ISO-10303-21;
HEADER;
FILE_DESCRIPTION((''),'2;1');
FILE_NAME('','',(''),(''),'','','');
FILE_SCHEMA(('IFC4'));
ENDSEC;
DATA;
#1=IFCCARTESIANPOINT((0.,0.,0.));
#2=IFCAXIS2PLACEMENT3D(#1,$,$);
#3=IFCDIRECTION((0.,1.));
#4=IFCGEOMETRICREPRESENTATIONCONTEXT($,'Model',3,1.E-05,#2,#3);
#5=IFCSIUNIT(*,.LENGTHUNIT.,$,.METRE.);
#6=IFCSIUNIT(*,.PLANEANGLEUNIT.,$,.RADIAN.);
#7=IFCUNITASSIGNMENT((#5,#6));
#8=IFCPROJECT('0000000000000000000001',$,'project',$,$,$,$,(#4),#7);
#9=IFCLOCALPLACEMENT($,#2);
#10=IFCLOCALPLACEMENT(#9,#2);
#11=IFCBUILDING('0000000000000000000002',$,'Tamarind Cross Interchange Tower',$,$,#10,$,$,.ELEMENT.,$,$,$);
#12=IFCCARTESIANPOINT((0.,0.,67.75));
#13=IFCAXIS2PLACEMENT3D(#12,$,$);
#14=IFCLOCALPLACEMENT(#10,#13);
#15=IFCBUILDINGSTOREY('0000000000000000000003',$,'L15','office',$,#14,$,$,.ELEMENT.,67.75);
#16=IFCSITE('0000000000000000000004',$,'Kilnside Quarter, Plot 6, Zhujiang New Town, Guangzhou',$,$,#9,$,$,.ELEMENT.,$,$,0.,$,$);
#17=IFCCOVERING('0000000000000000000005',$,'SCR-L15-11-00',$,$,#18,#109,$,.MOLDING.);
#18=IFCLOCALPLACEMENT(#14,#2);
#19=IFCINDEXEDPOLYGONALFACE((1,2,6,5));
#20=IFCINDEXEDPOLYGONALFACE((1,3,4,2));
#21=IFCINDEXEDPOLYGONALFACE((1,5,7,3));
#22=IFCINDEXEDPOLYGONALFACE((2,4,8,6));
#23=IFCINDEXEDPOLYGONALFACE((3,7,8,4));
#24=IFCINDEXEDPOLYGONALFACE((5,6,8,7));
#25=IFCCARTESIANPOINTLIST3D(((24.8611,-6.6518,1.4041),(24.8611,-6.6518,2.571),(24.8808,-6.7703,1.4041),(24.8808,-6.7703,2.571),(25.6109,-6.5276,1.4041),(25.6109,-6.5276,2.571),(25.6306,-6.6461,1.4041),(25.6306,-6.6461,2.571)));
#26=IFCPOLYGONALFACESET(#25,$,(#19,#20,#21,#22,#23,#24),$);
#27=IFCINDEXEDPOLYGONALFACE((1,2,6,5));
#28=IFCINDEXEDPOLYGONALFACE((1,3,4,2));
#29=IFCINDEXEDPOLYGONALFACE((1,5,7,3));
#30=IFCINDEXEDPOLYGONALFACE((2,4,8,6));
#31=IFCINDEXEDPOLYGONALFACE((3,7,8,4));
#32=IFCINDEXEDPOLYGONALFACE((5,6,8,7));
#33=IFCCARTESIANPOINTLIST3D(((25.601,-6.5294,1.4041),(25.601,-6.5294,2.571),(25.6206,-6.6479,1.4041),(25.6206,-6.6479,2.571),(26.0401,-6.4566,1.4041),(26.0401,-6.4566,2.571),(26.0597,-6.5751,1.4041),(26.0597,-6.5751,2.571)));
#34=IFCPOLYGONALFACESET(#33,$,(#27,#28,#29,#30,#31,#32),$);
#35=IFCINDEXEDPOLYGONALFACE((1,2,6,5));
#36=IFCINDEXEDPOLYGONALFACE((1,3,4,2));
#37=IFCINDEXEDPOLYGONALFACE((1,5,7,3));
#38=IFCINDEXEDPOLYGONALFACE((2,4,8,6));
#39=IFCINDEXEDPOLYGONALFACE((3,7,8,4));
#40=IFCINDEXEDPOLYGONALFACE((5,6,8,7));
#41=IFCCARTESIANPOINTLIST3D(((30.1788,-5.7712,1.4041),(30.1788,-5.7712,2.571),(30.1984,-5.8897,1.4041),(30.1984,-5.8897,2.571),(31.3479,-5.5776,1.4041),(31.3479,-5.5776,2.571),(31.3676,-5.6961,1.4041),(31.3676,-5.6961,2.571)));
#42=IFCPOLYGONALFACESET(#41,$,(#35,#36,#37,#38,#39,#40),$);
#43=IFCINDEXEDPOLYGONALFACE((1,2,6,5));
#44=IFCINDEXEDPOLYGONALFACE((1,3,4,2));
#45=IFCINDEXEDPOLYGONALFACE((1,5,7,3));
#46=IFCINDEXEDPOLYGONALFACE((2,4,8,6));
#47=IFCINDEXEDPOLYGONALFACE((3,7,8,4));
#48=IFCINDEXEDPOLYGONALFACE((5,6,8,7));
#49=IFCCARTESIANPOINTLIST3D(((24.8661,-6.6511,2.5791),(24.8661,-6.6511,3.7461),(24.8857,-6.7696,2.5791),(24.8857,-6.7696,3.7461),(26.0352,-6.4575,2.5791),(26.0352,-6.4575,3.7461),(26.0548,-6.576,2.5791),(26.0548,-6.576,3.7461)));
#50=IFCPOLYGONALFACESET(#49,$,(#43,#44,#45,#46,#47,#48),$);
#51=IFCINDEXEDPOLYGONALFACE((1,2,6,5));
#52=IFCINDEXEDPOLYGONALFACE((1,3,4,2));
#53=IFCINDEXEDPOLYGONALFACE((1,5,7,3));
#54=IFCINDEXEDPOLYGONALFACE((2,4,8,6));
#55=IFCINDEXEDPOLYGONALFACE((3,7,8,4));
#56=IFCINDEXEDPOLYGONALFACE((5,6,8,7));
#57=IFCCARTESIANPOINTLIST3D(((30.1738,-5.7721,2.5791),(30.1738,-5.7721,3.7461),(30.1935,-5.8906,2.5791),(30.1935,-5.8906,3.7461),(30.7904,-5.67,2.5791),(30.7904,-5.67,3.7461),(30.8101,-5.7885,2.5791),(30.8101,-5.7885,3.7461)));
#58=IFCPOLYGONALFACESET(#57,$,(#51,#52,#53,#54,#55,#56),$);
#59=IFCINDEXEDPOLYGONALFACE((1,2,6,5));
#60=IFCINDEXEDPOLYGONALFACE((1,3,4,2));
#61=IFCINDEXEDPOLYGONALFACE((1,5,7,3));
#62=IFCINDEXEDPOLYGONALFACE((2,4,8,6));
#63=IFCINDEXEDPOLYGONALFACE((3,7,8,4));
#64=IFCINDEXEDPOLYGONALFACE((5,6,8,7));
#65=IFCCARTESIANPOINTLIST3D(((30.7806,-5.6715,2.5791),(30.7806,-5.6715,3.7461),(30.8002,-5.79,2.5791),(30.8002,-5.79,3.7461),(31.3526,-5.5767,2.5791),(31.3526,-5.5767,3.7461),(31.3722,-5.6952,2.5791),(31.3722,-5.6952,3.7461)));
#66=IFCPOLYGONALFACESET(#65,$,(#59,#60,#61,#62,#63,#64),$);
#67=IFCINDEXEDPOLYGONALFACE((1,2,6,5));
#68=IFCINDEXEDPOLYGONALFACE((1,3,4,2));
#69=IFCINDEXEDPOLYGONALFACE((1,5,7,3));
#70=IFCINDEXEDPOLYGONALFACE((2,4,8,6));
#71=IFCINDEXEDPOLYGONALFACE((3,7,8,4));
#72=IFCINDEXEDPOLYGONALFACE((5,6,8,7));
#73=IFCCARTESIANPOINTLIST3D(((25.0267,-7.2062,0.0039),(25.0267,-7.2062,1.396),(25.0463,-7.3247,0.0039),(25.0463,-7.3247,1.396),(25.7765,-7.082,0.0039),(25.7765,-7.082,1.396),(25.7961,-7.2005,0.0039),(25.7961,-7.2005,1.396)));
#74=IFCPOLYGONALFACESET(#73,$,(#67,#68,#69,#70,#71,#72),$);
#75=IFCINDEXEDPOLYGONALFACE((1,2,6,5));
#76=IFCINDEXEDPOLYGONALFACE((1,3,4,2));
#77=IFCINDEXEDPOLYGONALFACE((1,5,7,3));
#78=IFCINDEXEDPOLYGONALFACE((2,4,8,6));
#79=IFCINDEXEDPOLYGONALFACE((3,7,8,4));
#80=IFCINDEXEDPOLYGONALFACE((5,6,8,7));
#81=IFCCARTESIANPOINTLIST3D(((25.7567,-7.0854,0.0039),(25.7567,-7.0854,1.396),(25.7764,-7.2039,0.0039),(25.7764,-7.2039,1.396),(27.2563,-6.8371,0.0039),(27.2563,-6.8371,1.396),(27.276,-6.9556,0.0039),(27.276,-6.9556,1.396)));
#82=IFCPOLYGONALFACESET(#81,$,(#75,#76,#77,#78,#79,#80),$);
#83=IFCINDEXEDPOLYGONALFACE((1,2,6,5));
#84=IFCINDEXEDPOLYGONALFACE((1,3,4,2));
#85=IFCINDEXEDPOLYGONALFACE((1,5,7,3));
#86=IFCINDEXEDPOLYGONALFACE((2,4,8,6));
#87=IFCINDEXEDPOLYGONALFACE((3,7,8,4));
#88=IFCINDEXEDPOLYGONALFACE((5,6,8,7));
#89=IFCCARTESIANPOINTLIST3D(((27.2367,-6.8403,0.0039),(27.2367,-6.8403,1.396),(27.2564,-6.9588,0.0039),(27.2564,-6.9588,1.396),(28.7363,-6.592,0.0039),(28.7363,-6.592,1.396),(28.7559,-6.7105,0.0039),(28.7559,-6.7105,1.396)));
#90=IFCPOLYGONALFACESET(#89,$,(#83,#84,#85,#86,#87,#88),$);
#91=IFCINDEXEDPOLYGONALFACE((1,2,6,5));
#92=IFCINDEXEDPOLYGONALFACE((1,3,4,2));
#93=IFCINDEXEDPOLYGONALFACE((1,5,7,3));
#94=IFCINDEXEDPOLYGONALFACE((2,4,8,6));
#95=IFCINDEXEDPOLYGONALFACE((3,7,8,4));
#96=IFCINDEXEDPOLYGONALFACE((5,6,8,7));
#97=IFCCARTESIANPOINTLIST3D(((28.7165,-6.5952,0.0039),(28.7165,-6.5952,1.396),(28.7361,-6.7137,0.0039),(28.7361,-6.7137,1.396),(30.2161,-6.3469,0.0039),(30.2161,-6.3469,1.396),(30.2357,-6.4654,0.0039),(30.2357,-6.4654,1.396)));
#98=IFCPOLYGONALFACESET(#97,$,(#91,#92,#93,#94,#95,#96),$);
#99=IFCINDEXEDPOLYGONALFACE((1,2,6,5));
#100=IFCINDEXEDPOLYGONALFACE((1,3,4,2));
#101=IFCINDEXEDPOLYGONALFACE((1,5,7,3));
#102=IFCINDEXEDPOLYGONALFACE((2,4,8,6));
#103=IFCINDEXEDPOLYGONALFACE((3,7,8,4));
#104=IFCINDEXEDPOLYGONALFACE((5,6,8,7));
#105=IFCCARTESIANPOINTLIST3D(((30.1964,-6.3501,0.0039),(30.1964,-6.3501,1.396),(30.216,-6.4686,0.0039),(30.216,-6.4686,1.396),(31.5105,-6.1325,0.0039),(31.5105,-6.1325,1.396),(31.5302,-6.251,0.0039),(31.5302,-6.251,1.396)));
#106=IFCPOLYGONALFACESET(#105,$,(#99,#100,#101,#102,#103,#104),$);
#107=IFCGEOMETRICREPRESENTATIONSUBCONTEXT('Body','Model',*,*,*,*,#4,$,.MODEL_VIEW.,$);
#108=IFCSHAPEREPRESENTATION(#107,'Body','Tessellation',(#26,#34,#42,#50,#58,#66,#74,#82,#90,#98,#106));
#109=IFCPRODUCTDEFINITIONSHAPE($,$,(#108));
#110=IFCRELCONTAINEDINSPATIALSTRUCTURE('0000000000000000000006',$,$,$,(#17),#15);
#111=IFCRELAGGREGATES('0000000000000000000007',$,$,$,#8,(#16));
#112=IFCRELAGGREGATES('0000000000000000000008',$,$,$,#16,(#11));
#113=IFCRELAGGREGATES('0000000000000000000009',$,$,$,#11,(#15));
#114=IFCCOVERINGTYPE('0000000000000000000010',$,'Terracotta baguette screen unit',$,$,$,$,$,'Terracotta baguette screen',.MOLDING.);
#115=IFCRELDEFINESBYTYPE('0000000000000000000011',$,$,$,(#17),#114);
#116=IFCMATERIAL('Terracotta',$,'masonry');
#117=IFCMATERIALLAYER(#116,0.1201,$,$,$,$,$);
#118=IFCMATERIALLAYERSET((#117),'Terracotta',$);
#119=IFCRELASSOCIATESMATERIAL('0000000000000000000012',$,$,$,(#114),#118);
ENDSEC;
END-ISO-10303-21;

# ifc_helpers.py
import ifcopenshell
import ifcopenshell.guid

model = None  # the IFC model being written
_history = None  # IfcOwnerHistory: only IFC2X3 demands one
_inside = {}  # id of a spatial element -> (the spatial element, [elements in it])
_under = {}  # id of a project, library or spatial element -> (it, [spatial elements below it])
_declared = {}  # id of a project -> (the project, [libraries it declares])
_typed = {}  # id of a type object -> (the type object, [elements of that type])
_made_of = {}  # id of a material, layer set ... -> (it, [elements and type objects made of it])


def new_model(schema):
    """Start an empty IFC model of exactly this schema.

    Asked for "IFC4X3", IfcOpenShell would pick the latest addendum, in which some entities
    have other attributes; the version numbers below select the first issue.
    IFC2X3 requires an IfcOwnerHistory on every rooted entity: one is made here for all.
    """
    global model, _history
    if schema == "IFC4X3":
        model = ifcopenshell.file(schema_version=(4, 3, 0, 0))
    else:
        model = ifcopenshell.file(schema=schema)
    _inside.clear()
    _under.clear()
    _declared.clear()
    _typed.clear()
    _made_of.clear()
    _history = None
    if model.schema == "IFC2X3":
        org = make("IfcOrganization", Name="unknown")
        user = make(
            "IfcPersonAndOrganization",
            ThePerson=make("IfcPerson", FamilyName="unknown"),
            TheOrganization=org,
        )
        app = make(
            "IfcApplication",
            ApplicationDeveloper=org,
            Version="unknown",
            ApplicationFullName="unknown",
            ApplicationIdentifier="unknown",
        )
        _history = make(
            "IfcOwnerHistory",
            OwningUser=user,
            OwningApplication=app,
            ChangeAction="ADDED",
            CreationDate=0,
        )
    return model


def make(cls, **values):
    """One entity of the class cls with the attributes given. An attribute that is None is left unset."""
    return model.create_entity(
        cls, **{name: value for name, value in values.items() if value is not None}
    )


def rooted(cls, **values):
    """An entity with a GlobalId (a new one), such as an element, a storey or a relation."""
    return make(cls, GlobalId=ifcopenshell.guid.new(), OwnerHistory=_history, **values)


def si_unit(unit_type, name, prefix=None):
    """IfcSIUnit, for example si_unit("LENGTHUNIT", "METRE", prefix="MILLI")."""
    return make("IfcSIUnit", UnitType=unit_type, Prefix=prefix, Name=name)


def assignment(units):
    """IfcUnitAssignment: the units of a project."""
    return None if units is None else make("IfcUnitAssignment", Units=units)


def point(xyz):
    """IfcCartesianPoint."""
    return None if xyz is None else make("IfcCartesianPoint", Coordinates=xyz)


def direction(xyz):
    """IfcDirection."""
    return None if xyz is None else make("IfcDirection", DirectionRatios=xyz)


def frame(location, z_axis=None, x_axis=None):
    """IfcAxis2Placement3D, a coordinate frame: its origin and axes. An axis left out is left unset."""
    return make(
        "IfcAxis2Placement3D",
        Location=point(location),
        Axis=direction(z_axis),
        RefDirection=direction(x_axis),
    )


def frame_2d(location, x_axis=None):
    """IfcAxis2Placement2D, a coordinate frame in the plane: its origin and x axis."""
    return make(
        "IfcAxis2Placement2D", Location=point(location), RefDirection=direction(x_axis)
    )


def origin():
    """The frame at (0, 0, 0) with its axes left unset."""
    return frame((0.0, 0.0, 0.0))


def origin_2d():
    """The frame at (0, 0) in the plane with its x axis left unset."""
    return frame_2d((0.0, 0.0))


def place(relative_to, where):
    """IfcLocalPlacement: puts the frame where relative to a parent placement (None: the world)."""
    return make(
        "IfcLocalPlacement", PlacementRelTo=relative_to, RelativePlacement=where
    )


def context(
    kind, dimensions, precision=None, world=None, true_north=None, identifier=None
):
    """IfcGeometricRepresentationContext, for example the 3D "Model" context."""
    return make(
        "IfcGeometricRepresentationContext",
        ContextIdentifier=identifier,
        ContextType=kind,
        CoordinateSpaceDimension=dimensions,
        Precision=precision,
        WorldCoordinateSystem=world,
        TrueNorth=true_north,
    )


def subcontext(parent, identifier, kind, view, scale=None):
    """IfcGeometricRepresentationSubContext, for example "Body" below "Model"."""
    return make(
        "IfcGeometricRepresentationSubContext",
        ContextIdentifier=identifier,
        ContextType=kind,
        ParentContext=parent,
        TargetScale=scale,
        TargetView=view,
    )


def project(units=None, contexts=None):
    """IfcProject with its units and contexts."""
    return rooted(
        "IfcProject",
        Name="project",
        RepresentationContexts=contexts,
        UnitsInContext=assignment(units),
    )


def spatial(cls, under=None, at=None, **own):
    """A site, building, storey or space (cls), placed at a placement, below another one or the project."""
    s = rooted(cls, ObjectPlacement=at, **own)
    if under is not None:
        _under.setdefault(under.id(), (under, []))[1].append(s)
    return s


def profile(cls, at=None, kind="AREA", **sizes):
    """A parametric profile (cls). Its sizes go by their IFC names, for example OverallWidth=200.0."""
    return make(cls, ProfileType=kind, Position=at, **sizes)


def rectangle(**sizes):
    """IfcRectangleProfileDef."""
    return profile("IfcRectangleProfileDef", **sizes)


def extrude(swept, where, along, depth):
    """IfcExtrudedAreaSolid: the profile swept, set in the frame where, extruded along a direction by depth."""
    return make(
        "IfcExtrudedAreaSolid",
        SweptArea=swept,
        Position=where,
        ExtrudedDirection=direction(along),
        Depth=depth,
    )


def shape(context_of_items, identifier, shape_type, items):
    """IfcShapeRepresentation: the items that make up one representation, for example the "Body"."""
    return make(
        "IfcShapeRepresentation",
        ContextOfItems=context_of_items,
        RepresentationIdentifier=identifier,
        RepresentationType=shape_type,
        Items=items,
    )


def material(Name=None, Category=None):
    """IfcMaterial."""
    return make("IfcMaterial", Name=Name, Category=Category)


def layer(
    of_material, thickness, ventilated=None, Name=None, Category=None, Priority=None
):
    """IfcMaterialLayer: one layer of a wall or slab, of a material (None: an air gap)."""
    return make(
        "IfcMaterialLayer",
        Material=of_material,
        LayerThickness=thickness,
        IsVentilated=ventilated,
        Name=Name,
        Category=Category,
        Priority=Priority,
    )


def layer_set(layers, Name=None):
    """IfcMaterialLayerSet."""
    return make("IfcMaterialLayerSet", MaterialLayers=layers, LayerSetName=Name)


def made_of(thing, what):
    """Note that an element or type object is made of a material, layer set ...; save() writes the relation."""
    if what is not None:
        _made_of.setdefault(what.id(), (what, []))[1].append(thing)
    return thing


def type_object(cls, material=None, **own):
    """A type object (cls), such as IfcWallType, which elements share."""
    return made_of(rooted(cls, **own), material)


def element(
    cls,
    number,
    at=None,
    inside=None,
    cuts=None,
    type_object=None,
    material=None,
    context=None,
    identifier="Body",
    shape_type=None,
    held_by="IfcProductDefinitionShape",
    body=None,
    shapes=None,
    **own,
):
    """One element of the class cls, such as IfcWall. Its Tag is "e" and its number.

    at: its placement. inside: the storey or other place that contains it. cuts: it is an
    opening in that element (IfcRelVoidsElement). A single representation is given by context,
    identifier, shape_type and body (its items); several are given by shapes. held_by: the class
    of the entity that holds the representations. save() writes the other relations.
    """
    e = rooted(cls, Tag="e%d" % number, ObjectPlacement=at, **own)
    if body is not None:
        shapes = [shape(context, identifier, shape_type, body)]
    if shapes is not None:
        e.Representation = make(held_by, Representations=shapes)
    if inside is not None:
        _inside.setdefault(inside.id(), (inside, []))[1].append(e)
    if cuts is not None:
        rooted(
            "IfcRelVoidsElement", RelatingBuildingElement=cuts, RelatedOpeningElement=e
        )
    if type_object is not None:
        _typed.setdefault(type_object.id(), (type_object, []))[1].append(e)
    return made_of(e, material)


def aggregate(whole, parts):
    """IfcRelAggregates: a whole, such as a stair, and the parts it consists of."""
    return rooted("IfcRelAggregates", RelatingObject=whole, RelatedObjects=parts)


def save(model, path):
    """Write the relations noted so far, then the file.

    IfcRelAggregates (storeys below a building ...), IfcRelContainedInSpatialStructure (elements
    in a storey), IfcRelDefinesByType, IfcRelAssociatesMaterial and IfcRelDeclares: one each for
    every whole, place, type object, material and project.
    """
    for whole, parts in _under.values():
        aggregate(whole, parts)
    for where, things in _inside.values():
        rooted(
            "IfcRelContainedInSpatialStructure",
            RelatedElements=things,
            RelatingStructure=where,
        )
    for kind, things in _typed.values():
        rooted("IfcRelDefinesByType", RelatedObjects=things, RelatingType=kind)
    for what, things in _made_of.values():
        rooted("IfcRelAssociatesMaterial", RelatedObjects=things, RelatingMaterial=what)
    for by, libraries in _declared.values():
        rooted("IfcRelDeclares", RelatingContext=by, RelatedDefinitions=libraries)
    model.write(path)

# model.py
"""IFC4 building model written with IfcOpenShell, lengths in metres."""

from ifc_helpers import new_model, si_unit, direction, frame, origin, origin_2d, place, context, subcontext, project, spatial, rectangle, extrude, material, layer, layer_set, type_object, element, save


model = new_model("IFC4")

# Units and contexts
model_context = context("Model", 3, precision=1e-05, world=origin(), true_north=direction((0.0, 1.0)))
body_context = subcontext(model_context, "Body", "Model", "MODEL_VIEW")
ifc_project = project(units=[si_unit("LENGTHUNIT", "METRE"), si_unit("PLANEANGLEUNIT", "RADIAN")], contexts=[model_context])

# Site, building, storey
site_placement = place(None, origin())
site = spatial("IfcSite", under=ifc_project, at=site_placement, Name="Kilnside Quarter, Plot 6, Zhujiang New Town, Guangzhou", CompositionType="ELEMENT", RefElevation=0.0)
building_placement = place(site_placement, origin())
building = spatial("IfcBuilding", under=site, at=building_placement, Name="Tamarind Cross Interchange Tower", CompositionType="ELEMENT")
storey_placement = place(building_placement, frame((0.0, 0.0, 67.75)))
storey = spatial("IfcBuildingStorey", under=building, at=storey_placement, Name="L15", Description="office", CompositionType="ELEMENT", Elevation=67.75)

# Covering
ifc_material_1 = material(Name="Terracotta", Category="masonry")
ifc_layer_1 = layer(ifc_material_1, 0.1201)
ifc_layer_set_1 = layer_set([ifc_layer_1], Name="Terracotta")
covering_type = type_object("IfcCoveringType", Name="Terracotta baguette screen unit", ElementType="Terracotta baguette screen", PredefinedType="MOLDING", material=ifc_layer_set_1)
covering_1_placement = place(storey_placement, origin())
element("IfcCovering", 1, at=covering_1_placement, inside=storey, type_object=covering_type, Name="SCR-L15-11-00", PredefinedType="MOLDING", context=body_context, shape_type="SweptSolid", body=[
    extrude(rectangle(XDim=0.76, YDim=0.1201, at=origin_2d()), frame((25.2458, -6.6489, 1.4041), z_axis=(0.0, 0.0, 1.0), x_axis=(0.986563, 0.163381, 0.0)), (0.0, 0.0, 1.0), 1.167),
    extrude(rectangle(XDim=0.4451, YDim=0.1201, at=origin_2d()), frame((25.8303, -6.5522, 1.4041), z_axis=(0.0, 0.0, 1.0), x_axis=(0.986563, 0.163381, 0.0)), (0.0, 0.0, 1.0), 1.167),
    extrude(rectangle(XDim=1.1851, YDim=0.1201, at=origin_2d()), frame((30.7732, -5.7336, 1.4041), z_axis=(0.0, 0.0, 1.0), x_axis=(0.986563, 0.163381, 0.0)), (0.0, 0.0, 1.0), 1.167),
    extrude(rectangle(XDim=1.1851, YDim=0.1201, at=origin_2d()), frame((25.4604, -6.6135, 2.5791), z_axis=(0.0, 0.0, 1.0), x_axis=(0.986563, 0.163381, 0.0)), (0.0, 0.0, 1.0), 1.167),
    extrude(rectangle(XDim=0.625, YDim=0.1201, at=origin_2d()), frame((30.4919, -5.7803, 2.5791), z_axis=(0.0, 0.0, 1.0), x_axis=(0.986563, 0.163381, 0.0)), (0.0, 0.0, 1.0), 1.167),
    extrude(rectangle(XDim=0.5798, YDim=0.1201, at=origin_2d()), frame((31.0764, -5.6833, 2.5791), z_axis=(0.0, 0.0, 1.0), x_axis=(0.986563, 0.163381, 0.0)), (0.0, 0.0, 1.0), 1.167),
    extrude(rectangle(XDim=0.76, YDim=0.1201, at=origin_2d()), frame((25.4114, -7.2034, 0.0039), z_axis=(0.0, 0.0, 1.0), x_axis=(0.986563, 0.163381, 0.0)), (0.0, 0.0, 1.0), 1.3921),
    extrude(rectangle(XDim=1.52, YDim=0.1201, at=origin_2d()), frame((26.5164, -7.0205, 0.0039), z_axis=(0.0, 0.0, 1.0), x_axis=(0.986563, 0.163381, 0.0)), (0.0, 0.0, 1.0), 1.3921),
    extrude(rectangle(XDim=1.52, YDim=0.1201, at=origin_2d()), frame((27.9963, -6.7754, 0.0039), z_axis=(0.0, 0.0, 1.0), x_axis=(0.986563, 0.163381, 0.0)), (0.0, 0.0, 1.0), 1.3921),
    extrude(rectangle(XDim=1.52, YDim=0.1201, at=origin_2d()), frame((29.4761, -6.5303, 0.0039), z_axis=(0.0, 0.0, 1.0), x_axis=(0.986563, 0.163381, 0.0)), (0.0, 0.0, 1.0), 1.3921),
    extrude(rectangle(XDim=1.332, YDim=0.1201, at=origin_2d()), frame((30.8633, -6.3005, 0.0039), z_axis=(0.0, 0.0, 1.0), x_axis=(0.986563, 0.163381, 0.0)), (0.0, 0.0, 1.0), 1.3921),
])

save(model, "model.ifc")
